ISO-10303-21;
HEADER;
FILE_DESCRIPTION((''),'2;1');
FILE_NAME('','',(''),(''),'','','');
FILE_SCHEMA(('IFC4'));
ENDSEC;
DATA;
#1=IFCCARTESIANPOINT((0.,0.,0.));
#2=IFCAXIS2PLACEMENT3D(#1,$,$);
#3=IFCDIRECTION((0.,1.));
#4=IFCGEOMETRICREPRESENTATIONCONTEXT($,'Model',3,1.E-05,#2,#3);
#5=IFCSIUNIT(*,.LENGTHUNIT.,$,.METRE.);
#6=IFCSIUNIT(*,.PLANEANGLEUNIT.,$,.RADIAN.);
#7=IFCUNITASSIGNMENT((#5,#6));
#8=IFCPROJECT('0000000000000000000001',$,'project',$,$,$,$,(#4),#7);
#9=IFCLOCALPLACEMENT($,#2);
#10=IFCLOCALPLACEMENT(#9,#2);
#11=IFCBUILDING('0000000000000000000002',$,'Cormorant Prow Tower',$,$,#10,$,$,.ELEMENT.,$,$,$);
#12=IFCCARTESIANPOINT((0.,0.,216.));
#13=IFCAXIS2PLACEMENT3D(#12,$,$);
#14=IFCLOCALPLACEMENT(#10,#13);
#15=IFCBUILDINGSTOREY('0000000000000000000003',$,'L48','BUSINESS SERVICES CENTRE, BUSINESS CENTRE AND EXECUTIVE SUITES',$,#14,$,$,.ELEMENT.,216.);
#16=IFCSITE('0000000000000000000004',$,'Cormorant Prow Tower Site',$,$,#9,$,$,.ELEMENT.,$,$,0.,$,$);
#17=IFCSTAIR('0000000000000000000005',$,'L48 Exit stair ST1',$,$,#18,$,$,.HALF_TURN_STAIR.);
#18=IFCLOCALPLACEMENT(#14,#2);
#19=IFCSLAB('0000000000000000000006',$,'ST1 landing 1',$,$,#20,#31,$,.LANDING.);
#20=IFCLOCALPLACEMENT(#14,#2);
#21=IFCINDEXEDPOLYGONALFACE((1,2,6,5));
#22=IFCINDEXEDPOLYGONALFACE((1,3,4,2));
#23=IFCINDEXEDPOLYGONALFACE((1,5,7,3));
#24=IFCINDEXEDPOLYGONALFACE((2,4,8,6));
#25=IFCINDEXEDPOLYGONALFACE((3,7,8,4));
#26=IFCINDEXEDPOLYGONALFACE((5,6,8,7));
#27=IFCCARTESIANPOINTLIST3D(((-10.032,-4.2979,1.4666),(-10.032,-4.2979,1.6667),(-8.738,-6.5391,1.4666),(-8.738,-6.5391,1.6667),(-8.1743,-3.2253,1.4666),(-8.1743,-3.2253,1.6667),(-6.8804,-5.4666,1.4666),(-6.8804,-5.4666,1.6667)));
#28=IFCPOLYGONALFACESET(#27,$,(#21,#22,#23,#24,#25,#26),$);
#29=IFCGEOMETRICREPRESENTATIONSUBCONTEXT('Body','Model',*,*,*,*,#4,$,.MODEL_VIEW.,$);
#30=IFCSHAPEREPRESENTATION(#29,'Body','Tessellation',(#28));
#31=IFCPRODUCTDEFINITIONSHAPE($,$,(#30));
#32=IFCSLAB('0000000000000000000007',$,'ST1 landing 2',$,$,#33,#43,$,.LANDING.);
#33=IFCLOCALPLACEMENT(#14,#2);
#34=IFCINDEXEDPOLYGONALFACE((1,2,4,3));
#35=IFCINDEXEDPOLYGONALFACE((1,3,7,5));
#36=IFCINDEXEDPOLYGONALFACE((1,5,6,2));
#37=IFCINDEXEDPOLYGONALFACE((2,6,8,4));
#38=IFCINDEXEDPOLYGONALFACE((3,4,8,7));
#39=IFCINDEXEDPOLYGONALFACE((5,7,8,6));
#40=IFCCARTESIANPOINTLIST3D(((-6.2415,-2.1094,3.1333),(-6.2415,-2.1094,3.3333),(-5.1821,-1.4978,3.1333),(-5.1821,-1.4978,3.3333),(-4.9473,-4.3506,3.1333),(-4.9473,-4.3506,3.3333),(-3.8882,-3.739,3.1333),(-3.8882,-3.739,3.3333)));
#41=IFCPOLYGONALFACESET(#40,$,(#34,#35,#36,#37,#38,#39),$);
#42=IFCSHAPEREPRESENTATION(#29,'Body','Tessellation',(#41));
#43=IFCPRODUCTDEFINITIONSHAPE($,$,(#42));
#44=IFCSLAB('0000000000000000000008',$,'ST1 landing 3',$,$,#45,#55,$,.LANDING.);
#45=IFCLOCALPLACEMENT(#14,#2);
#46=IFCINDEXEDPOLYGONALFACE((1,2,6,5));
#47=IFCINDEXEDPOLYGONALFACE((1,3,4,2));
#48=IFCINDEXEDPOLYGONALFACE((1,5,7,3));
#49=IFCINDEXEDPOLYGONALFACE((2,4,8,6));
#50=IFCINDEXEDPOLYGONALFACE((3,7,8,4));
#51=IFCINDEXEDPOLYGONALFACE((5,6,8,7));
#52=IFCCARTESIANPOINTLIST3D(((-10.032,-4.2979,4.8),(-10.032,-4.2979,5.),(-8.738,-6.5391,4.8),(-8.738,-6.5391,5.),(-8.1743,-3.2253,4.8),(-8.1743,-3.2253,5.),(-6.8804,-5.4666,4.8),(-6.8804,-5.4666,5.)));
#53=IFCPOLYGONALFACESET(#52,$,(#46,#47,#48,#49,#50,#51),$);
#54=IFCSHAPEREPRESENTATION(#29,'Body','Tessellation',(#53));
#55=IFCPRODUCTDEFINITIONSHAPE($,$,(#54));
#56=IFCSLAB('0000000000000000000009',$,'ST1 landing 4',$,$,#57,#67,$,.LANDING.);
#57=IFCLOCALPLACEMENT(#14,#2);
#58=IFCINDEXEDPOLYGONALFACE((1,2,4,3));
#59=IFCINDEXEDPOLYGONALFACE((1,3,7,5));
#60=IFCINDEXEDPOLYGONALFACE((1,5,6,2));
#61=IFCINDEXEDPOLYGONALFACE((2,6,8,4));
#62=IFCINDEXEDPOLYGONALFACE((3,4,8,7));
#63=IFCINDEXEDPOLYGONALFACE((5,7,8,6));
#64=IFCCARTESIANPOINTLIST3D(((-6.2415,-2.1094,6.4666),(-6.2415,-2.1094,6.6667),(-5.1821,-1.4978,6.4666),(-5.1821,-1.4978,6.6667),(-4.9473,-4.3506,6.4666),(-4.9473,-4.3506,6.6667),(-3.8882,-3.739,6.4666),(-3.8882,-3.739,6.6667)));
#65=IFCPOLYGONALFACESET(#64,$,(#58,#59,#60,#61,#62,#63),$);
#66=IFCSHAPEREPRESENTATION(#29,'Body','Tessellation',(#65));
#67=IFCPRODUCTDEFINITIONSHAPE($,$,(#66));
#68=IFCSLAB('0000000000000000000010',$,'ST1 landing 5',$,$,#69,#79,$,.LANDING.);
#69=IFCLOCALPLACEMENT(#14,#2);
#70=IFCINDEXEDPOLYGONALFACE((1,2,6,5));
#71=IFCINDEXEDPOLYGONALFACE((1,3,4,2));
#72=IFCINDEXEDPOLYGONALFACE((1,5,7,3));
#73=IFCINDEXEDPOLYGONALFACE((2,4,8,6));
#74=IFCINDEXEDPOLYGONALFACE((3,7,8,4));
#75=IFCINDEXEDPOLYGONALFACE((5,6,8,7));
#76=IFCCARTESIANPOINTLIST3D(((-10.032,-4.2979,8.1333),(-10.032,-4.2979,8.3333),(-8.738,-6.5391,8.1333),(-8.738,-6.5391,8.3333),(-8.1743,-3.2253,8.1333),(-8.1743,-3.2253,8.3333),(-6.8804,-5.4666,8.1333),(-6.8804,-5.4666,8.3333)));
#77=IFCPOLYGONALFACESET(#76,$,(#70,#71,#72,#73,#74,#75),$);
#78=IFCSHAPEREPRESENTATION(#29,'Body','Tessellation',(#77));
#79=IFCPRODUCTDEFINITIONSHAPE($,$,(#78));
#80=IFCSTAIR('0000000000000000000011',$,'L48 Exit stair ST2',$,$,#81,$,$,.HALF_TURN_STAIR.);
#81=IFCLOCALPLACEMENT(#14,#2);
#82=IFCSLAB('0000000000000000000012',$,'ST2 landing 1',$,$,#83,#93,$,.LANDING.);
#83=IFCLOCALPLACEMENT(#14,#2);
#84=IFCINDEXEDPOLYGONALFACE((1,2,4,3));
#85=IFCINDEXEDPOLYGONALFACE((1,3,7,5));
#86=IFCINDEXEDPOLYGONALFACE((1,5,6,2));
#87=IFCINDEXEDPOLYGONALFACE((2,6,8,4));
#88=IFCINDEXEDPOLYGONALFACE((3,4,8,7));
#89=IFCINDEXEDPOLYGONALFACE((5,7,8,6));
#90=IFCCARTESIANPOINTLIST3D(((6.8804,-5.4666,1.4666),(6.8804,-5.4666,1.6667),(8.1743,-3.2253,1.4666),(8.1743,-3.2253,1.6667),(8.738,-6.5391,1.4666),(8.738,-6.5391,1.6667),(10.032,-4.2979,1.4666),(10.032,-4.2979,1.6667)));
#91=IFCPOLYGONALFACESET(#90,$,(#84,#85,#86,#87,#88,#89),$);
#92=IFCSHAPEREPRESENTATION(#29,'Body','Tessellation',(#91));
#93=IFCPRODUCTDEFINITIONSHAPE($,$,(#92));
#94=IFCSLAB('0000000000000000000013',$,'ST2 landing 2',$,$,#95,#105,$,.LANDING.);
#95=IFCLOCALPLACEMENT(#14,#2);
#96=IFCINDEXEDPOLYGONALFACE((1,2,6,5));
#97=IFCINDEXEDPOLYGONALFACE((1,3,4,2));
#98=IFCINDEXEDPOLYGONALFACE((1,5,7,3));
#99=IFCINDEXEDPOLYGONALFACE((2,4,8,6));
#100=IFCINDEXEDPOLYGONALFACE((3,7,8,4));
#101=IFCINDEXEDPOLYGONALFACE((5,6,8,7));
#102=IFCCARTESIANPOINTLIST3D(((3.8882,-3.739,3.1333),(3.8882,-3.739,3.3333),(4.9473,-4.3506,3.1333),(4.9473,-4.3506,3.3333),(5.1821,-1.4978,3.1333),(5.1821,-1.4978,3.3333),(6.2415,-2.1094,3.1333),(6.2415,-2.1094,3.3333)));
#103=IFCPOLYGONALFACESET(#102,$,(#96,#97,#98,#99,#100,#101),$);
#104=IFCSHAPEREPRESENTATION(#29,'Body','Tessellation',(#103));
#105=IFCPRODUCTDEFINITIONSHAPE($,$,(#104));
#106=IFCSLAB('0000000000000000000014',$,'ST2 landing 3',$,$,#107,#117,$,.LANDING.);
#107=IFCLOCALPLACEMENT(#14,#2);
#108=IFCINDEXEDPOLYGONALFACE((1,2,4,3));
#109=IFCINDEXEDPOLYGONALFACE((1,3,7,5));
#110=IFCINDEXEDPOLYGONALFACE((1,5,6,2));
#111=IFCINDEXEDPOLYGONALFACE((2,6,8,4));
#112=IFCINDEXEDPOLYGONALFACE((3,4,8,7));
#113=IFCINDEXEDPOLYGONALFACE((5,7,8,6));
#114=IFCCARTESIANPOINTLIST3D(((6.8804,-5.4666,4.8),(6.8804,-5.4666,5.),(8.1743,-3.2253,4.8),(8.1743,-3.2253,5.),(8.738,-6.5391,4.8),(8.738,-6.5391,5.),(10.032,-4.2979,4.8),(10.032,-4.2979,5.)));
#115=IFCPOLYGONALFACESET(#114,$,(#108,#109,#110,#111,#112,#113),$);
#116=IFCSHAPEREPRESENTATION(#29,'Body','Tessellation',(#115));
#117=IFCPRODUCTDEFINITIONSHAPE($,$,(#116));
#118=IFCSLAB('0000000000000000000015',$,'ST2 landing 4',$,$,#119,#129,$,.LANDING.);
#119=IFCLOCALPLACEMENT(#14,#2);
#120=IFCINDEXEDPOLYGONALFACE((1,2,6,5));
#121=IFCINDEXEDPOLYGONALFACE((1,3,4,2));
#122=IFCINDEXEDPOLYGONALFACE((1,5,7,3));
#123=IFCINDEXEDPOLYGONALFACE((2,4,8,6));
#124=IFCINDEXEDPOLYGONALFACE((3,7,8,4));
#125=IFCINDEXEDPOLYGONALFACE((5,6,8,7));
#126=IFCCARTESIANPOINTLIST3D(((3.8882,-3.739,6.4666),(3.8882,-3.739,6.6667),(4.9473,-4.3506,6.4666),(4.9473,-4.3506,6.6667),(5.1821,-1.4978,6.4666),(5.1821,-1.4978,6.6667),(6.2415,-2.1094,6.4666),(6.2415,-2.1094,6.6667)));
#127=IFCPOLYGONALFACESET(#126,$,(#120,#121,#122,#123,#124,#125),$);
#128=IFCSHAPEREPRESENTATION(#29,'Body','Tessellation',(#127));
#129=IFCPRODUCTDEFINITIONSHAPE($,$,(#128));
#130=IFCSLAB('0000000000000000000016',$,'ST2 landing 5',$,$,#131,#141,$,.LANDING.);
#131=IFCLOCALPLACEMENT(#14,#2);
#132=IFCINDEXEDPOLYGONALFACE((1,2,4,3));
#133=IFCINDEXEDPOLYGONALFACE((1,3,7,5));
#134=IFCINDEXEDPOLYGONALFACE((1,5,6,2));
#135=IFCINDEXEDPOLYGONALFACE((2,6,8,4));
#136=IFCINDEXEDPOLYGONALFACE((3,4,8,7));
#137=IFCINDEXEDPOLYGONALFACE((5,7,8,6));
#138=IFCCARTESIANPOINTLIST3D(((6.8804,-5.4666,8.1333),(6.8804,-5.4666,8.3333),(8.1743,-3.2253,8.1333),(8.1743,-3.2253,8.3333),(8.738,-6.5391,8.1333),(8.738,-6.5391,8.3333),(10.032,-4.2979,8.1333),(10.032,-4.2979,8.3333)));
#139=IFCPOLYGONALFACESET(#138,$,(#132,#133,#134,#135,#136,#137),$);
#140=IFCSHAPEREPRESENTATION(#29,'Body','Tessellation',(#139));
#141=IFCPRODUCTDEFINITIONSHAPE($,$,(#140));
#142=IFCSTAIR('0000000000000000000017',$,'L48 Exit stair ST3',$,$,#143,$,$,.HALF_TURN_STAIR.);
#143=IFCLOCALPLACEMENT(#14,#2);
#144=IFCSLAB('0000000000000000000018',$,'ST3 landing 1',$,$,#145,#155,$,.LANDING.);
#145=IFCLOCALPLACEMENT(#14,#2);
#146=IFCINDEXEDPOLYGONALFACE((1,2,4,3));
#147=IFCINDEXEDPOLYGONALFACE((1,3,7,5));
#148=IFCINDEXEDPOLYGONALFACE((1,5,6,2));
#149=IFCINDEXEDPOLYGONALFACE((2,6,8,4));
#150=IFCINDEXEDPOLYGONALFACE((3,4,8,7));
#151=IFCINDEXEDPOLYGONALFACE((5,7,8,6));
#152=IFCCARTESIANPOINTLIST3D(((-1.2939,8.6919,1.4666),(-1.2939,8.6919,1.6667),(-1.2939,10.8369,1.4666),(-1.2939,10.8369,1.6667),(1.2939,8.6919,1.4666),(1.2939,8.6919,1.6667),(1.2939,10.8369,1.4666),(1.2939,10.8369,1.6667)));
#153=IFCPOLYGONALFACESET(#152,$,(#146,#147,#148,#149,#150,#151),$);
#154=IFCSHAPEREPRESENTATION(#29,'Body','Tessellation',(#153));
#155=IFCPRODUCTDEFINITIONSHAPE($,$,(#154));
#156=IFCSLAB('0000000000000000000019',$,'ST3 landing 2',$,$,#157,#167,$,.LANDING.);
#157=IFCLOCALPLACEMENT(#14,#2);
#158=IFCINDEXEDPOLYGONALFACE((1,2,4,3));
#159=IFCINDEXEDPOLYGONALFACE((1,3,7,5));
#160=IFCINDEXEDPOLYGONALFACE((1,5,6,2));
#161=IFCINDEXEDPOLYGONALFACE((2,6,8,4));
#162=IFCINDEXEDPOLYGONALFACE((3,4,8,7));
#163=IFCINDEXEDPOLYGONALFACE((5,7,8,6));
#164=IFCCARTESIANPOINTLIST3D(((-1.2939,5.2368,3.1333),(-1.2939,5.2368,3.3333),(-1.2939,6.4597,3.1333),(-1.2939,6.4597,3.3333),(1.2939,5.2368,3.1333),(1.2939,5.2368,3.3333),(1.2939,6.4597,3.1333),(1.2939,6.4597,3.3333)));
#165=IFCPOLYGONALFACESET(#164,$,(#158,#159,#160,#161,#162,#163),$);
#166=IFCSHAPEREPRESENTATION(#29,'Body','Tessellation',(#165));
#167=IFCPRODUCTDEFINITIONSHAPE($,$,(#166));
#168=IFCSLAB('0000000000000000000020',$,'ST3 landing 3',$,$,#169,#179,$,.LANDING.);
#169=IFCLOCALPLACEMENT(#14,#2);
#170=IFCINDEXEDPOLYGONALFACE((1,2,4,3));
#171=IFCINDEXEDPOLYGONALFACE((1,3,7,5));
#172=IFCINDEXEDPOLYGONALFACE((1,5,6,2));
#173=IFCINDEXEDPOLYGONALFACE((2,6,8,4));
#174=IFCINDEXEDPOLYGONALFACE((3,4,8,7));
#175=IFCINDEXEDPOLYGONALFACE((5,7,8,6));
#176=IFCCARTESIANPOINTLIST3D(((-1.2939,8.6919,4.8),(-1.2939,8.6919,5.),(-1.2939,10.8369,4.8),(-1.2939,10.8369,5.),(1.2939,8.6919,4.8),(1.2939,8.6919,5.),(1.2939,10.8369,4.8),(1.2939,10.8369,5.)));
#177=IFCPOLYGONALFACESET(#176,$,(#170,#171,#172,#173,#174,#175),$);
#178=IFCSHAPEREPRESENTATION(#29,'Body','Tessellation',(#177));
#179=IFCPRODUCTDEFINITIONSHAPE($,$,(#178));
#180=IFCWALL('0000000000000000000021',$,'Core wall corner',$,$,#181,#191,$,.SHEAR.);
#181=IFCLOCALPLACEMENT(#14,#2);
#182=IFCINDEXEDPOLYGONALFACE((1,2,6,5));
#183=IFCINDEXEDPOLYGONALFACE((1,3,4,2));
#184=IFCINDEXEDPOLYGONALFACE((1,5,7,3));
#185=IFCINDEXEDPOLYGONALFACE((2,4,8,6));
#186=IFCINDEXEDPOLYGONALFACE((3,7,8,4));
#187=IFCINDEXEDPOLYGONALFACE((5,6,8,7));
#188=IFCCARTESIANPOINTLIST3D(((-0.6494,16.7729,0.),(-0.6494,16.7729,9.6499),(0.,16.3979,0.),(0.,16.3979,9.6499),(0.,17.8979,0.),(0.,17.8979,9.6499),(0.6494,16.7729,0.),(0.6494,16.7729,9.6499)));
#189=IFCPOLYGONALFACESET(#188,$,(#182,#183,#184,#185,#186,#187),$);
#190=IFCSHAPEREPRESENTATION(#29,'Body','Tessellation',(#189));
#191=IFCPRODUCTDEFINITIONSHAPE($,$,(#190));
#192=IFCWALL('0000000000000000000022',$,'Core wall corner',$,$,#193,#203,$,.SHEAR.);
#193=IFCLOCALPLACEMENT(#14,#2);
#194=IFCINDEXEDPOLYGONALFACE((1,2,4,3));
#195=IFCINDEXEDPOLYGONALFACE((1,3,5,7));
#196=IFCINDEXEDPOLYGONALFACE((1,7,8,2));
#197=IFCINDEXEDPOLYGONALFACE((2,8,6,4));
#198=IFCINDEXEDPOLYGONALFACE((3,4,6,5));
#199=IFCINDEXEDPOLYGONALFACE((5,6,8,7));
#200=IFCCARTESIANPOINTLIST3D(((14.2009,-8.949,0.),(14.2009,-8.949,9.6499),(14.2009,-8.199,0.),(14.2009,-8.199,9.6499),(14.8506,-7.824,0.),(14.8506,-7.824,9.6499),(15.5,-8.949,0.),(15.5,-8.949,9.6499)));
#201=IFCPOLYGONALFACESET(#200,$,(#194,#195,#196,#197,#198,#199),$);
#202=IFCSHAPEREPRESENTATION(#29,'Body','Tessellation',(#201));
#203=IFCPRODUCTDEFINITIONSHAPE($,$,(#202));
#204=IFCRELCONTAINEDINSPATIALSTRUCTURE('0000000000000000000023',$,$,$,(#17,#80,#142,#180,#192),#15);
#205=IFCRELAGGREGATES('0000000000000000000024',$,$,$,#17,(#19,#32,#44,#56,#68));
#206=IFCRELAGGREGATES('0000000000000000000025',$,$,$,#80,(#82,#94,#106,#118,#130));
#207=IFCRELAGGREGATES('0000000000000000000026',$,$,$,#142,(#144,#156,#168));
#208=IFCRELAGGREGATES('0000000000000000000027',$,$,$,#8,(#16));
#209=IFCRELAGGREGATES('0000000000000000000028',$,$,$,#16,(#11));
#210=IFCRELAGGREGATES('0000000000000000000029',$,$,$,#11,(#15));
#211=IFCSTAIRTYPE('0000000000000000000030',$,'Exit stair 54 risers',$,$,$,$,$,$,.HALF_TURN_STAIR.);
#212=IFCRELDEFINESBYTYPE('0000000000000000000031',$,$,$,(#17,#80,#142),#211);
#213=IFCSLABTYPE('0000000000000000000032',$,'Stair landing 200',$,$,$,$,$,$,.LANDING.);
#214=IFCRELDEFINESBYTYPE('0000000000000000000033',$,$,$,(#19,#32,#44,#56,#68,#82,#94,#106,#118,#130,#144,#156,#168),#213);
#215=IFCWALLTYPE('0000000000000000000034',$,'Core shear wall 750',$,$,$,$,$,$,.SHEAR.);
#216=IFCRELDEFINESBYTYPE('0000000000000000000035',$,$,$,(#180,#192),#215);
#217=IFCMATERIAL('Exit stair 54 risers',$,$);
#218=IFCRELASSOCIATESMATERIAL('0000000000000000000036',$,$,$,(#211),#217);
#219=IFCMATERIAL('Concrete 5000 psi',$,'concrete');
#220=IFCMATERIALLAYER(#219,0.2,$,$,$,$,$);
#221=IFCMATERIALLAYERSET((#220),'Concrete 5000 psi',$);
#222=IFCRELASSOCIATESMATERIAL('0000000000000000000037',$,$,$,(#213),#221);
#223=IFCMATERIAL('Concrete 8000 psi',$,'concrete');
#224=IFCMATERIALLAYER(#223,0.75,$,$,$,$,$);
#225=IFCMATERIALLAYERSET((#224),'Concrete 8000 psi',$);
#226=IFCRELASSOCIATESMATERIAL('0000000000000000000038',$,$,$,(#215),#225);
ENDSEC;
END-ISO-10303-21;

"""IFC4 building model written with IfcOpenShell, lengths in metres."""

from ifc_helpers import new_model, si_unit, direction, frame, origin, place, context, subcontext, project, spatial, polyline, outline, extrude, material, layer, layer_set, type_object, element, aggregate, save


model = new_model("IFC4")

# Units and contexts
model_context = context("Model", 3, precision=1e-05, world=origin(), true_north=direction((0.0, 1.0)))
body_context = subcontext(model_context, "Body", "Model", "MODEL_VIEW")
ifc_project = project(units=[si_unit("LENGTHUNIT", "METRE"), si_unit("PLANEANGLEUNIT", "RADIAN")], contexts=[model_context])

# Site, building, storey
site_placement = place(None, origin())
site = spatial("IfcSite", under=ifc_project, at=site_placement, Name="Cormorant Prow Tower Site", CompositionType="ELEMENT", RefElevation=0.0)
building_placement = place(site_placement, origin())
building = spatial("IfcBuilding", under=site, at=building_placement, Name="Cormorant Prow Tower", CompositionType="ELEMENT")
storey_placement = place(building_placement, frame((0.0, 0.0, 216.0)))
storey = spatial("IfcBuildingStorey", under=building, at=storey_placement, Name="L48", Description="BUSINESS SERVICES CENTRE, BUSINESS CENTRE AND EXECUTIVE SUITES", CompositionType="ELEMENT", Elevation=216.0)

# Stairs, slabs
ifc_material_1 = material(Name="Exit stair 54 risers")
stair_type = type_object("IfcStairType", Name="Exit stair 54 risers", PredefinedType="HALF_TURN_STAIR", material=ifc_material_1)
stair_1_placement = place(storey_placement, origin())
stair_1 = element("IfcStair", 1, at=stair_1_placement, inside=storey, type_object=stair_type, Name="L48 Exit stair ST1", PredefinedType="HALF_TURN_STAIR")
ifc_material_2 = material(Name="Concrete 5000 psi", Category="concrete")
ifc_layer_1 = layer(ifc_material_2, 0.2)
ifc_layer_set_1 = layer_set([ifc_layer_1], Name="Concrete 5000 psi")
slab_type = type_object("IfcSlabType", Name="Stair landing 200", PredefinedType="LANDING", material=ifc_layer_set_1)
slab_1_placement = place(storey_placement, frame((0.0, 0.0, 1.4666)))
slab_1 = element("IfcSlab", 2, at=slab_1_placement, type_object=slab_type, Name="ST1 landing 1", PredefinedType="LANDING", context=body_context, shape_type="SweptSolid", body=[
    extrude(outline(polyline([(-8.1743, -3.2253), (-10.032, -4.2979), (-8.738, -6.5391), (-6.8804, -5.4666), (-8.1743, -3.2253)])), origin(), (0.0, 0.0, 1.0), 0.2002),
])
slab_2_placement = place(storey_placement, frame((0.0, 0.0, 3.1333)))
slab_2 = element("IfcSlab", 3, at=slab_2_placement, type_object=slab_type, Name="ST1 landing 2", PredefinedType="LANDING", context=body_context, shape_type="SweptSolid", body=[
    extrude(outline(polyline([(-5.1821, -1.4978), (-6.2415, -2.1094), (-4.9473, -4.3506), (-3.8882, -3.739), (-5.1821, -1.4978)])), origin(), (0.0, 0.0, 1.0), 0.2),
])
slab_3_placement = place(storey_placement, frame((0.0, 0.0, 4.8)))
slab_3 = element("IfcSlab", 4, at=slab_3_placement, type_object=slab_type, Name="ST1 landing 3", PredefinedType="LANDING", context=body_context, shape_type="SweptSolid", body=[
    extrude(outline(polyline([(-8.1743, -3.2253), (-10.032, -4.2979), (-8.738, -6.5391), (-6.8804, -5.4666), (-8.1743, -3.2253)])), origin(), (0.0, 0.0, 1.0), 0.2),
])
slab_4_placement = place(storey_placement, frame((0.0, 0.0, 6.4666)))
slab_4 = element("IfcSlab", 5, at=slab_4_placement, type_object=slab_type, Name="ST1 landing 4", PredefinedType="LANDING", context=body_context, shape_type="SweptSolid", body=[
    extrude(outline(polyline([(-5.1821, -1.4978), (-6.2415, -2.1094), (-4.9473, -4.3506), (-3.8882, -3.739), (-5.1821, -1.4978)])), origin(), (0.0, 0.0, 1.0), 0.2002),
])
slab_5_placement = place(storey_placement, frame((0.0, 0.0, 8.1333)))
slab_5 = element("IfcSlab", 6, at=slab_5_placement, type_object=slab_type, Name="ST1 landing 5", PredefinedType="LANDING", context=body_context, shape_type="SweptSolid", body=[
    extrude(outline(polyline([(-8.1743, -3.2253), (-10.032, -4.2979), (-8.738, -6.5391), (-6.8804, -5.4666), (-8.1743, -3.2253)])), origin(), (0.0, 0.0, 1.0), 0.2),
])
aggregate(stair_1, [slab_1, slab_2, slab_3, slab_4, slab_5])
stair_2_placement = place(storey_placement, origin())
stair_2 = element("IfcStair", 7, at=stair_2_placement, inside=storey, type_object=stair_type, Name="L48 Exit stair ST2", PredefinedType="HALF_TURN_STAIR")
slab_6_placement = place(storey_placement, frame((0.0, 0.0, 1.4666)))
slab_6 = element("IfcSlab", 8, at=slab_6_placement, type_object=slab_type, Name="ST2 landing 1", PredefinedType="LANDING", context=body_context, shape_type="SweptSolid", body=[
    extrude(outline(polyline([(6.8804, -5.4666), (8.738, -6.5391), (10.032, -4.2979), (8.1743, -3.2253), (6.8804, -5.4666)])), origin(), (0.0, 0.0, 1.0), 0.2002),
])
slab_7_placement = place(storey_placement, frame((0.0, 0.0, 3.1333)))
slab_7 = element("IfcSlab", 9, at=slab_7_placement, type_object=slab_type, Name="ST2 landing 2", PredefinedType="LANDING", context=body_context, shape_type="SweptSolid", body=[
    extrude(outline(polyline([(3.8882, -3.739), (4.9473, -4.3506), (6.2415, -2.1094), (5.1821, -1.4978), (3.8882, -3.739)])), origin(), (0.0, 0.0, 1.0), 0.2),
])
slab_8_placement = place(storey_placement, frame((0.0, 0.0, 4.8)))
slab_8 = element("IfcSlab", 10, at=slab_8_placement, type_object=slab_type, Name="ST2 landing 3", PredefinedType="LANDING", context=body_context, shape_type="SweptSolid", body=[
    extrude(outline(polyline([(6.8804, -5.4666), (8.738, -6.5391), (10.032, -4.2979), (8.1743, -3.2253), (6.8804, -5.4666)])), origin(), (0.0, 0.0, 1.0), 0.2),
])
slab_9_placement = place(storey_placement, frame((0.0, 0.0, 6.4666)))
slab_9 = element("IfcSlab", 11, at=slab_9_placement, type_object=slab_type, Name="ST2 landing 4", PredefinedType="LANDING", context=body_context, shape_type="SweptSolid", body=[
    extrude(outline(polyline([(3.8882, -3.739), (4.9473, -4.3506), (6.2415, -2.1094), (5.1821, -1.4978), (3.8882, -3.739)])), origin(), (0.0, 0.0, 1.0), 0.2002),
])
slab_10_placement = place(storey_placement, frame((0.0, 0.0, 8.1333)))
slab_10 = element("IfcSlab", 12, at=slab_10_placement, type_object=slab_type, Name="ST2 landing 5", PredefinedType="LANDING", context=body_context, shape_type="SweptSolid", body=[
    extrude(outline(polyline([(6.8804, -5.4666), (8.738, -6.5391), (10.032, -4.2979), (8.1743, -3.2253), (6.8804, -5.4666)])), origin(), (0.0, 0.0, 1.0), 0.2),
])
aggregate(stair_2, [slab_6, slab_7, slab_8, slab_9, slab_10])
stair_3_placement = place(storey_placement, origin())
stair_3 = element("IfcStair", 13, at=stair_3_placement, inside=storey, type_object=stair_type, Name="L48 Exit stair ST3", PredefinedType="HALF_TURN_STAIR")
slab_11_placement = place(storey_placement, frame((0.0, 0.0, 1.4666)))
slab_11 = element("IfcSlab", 14, at=slab_11_placement, type_object=slab_type, Name="ST3 landing 1", PredefinedType="LANDING", context=body_context, shape_type="SweptSolid", body=[
    extrude(outline(polyline([(1.2939, 8.6919), (1.2939, 10.8369), (-1.2939, 10.8369), (-1.2939, 8.6919), (1.2939, 8.6919)])), origin(), (0.0, 0.0, 1.0), 0.2002),
])
slab_12_placement = place(storey_placement, frame((0.0, 0.0, 3.1333)))
slab_12 = element("IfcSlab", 15, at=slab_12_placement, type_object=slab_type, Name="ST3 landing 2", PredefinedType="LANDING", context=body_context, shape_type="SweptSolid", body=[
    extrude(outline(polyline([(1.2939, 5.2368), (1.2939, 6.4597), (-1.2939, 6.4597), (-1.2939, 5.2368), (1.2939, 5.2368)])), origin(), (0.0, 0.0, 1.0), 0.2),
])
slab_13_placement = place(storey_placement, frame((0.0, 0.0, 4.8)))
slab_13 = element("IfcSlab", 16, at=slab_13_placement, type_object=slab_type, Name="ST3 landing 3", PredefinedType="LANDING", context=body_context, shape_type="SweptSolid", body=[
    extrude(outline(polyline([(1.2939, 8.6919), (1.2939, 10.8369), (-1.2939, 10.8369), (-1.2939, 8.6919), (1.2939, 8.6919)])), origin(), (0.0, 0.0, 1.0), 0.2),
])
aggregate(stair_3, [slab_11, slab_12, slab_13])

# Walls
ifc_material_3 = material(Name="Concrete 8000 psi", Category="concrete")
ifc_layer_2 = layer(ifc_material_3, 0.75)
ifc_layer_set_2 = layer_set([ifc_layer_2], Name="Concrete 8000 psi")
wall_type_1 = type_object("IfcWallType", Name="Core shear wall 750", PredefinedType="SHEAR", material=ifc_layer_set_2)
wall_1_placement = place(storey_placement, origin())
element("IfcWall", 17, at=wall_1_placement, inside=storey, type_object=wall_type_1, Name="Core wall corner", PredefinedType="SHEAR", context=body_context, shape_type="SweptSolid", body=[
    extrude(outline(polyline([(-0.6494, 16.7729), (0.0, 17.8979), (0.6494, 16.7729), (0.0, 16.3979), (-0.6494, 16.7729)])), origin(), (0.0, 0.0, 1.0), 9.6499),
])
wall_2_placement = place(storey_placement, origin())
element("IfcWall", 18, at=wall_2_placement, inside=storey, type_object=wall_type_1, Name="Core wall corner", PredefinedType="SHEAR", context=body_context, shape_type="SweptSolid", body=[
    extrude(outline(polyline([(14.2009, -8.949), (14.2009, -8.199), (14.8506, -7.824), (15.5, -8.949), (14.2009, -8.949)])), origin(), (0.0, 0.0, 1.0), 9.6499),
])

save(model, "model.ifc")
